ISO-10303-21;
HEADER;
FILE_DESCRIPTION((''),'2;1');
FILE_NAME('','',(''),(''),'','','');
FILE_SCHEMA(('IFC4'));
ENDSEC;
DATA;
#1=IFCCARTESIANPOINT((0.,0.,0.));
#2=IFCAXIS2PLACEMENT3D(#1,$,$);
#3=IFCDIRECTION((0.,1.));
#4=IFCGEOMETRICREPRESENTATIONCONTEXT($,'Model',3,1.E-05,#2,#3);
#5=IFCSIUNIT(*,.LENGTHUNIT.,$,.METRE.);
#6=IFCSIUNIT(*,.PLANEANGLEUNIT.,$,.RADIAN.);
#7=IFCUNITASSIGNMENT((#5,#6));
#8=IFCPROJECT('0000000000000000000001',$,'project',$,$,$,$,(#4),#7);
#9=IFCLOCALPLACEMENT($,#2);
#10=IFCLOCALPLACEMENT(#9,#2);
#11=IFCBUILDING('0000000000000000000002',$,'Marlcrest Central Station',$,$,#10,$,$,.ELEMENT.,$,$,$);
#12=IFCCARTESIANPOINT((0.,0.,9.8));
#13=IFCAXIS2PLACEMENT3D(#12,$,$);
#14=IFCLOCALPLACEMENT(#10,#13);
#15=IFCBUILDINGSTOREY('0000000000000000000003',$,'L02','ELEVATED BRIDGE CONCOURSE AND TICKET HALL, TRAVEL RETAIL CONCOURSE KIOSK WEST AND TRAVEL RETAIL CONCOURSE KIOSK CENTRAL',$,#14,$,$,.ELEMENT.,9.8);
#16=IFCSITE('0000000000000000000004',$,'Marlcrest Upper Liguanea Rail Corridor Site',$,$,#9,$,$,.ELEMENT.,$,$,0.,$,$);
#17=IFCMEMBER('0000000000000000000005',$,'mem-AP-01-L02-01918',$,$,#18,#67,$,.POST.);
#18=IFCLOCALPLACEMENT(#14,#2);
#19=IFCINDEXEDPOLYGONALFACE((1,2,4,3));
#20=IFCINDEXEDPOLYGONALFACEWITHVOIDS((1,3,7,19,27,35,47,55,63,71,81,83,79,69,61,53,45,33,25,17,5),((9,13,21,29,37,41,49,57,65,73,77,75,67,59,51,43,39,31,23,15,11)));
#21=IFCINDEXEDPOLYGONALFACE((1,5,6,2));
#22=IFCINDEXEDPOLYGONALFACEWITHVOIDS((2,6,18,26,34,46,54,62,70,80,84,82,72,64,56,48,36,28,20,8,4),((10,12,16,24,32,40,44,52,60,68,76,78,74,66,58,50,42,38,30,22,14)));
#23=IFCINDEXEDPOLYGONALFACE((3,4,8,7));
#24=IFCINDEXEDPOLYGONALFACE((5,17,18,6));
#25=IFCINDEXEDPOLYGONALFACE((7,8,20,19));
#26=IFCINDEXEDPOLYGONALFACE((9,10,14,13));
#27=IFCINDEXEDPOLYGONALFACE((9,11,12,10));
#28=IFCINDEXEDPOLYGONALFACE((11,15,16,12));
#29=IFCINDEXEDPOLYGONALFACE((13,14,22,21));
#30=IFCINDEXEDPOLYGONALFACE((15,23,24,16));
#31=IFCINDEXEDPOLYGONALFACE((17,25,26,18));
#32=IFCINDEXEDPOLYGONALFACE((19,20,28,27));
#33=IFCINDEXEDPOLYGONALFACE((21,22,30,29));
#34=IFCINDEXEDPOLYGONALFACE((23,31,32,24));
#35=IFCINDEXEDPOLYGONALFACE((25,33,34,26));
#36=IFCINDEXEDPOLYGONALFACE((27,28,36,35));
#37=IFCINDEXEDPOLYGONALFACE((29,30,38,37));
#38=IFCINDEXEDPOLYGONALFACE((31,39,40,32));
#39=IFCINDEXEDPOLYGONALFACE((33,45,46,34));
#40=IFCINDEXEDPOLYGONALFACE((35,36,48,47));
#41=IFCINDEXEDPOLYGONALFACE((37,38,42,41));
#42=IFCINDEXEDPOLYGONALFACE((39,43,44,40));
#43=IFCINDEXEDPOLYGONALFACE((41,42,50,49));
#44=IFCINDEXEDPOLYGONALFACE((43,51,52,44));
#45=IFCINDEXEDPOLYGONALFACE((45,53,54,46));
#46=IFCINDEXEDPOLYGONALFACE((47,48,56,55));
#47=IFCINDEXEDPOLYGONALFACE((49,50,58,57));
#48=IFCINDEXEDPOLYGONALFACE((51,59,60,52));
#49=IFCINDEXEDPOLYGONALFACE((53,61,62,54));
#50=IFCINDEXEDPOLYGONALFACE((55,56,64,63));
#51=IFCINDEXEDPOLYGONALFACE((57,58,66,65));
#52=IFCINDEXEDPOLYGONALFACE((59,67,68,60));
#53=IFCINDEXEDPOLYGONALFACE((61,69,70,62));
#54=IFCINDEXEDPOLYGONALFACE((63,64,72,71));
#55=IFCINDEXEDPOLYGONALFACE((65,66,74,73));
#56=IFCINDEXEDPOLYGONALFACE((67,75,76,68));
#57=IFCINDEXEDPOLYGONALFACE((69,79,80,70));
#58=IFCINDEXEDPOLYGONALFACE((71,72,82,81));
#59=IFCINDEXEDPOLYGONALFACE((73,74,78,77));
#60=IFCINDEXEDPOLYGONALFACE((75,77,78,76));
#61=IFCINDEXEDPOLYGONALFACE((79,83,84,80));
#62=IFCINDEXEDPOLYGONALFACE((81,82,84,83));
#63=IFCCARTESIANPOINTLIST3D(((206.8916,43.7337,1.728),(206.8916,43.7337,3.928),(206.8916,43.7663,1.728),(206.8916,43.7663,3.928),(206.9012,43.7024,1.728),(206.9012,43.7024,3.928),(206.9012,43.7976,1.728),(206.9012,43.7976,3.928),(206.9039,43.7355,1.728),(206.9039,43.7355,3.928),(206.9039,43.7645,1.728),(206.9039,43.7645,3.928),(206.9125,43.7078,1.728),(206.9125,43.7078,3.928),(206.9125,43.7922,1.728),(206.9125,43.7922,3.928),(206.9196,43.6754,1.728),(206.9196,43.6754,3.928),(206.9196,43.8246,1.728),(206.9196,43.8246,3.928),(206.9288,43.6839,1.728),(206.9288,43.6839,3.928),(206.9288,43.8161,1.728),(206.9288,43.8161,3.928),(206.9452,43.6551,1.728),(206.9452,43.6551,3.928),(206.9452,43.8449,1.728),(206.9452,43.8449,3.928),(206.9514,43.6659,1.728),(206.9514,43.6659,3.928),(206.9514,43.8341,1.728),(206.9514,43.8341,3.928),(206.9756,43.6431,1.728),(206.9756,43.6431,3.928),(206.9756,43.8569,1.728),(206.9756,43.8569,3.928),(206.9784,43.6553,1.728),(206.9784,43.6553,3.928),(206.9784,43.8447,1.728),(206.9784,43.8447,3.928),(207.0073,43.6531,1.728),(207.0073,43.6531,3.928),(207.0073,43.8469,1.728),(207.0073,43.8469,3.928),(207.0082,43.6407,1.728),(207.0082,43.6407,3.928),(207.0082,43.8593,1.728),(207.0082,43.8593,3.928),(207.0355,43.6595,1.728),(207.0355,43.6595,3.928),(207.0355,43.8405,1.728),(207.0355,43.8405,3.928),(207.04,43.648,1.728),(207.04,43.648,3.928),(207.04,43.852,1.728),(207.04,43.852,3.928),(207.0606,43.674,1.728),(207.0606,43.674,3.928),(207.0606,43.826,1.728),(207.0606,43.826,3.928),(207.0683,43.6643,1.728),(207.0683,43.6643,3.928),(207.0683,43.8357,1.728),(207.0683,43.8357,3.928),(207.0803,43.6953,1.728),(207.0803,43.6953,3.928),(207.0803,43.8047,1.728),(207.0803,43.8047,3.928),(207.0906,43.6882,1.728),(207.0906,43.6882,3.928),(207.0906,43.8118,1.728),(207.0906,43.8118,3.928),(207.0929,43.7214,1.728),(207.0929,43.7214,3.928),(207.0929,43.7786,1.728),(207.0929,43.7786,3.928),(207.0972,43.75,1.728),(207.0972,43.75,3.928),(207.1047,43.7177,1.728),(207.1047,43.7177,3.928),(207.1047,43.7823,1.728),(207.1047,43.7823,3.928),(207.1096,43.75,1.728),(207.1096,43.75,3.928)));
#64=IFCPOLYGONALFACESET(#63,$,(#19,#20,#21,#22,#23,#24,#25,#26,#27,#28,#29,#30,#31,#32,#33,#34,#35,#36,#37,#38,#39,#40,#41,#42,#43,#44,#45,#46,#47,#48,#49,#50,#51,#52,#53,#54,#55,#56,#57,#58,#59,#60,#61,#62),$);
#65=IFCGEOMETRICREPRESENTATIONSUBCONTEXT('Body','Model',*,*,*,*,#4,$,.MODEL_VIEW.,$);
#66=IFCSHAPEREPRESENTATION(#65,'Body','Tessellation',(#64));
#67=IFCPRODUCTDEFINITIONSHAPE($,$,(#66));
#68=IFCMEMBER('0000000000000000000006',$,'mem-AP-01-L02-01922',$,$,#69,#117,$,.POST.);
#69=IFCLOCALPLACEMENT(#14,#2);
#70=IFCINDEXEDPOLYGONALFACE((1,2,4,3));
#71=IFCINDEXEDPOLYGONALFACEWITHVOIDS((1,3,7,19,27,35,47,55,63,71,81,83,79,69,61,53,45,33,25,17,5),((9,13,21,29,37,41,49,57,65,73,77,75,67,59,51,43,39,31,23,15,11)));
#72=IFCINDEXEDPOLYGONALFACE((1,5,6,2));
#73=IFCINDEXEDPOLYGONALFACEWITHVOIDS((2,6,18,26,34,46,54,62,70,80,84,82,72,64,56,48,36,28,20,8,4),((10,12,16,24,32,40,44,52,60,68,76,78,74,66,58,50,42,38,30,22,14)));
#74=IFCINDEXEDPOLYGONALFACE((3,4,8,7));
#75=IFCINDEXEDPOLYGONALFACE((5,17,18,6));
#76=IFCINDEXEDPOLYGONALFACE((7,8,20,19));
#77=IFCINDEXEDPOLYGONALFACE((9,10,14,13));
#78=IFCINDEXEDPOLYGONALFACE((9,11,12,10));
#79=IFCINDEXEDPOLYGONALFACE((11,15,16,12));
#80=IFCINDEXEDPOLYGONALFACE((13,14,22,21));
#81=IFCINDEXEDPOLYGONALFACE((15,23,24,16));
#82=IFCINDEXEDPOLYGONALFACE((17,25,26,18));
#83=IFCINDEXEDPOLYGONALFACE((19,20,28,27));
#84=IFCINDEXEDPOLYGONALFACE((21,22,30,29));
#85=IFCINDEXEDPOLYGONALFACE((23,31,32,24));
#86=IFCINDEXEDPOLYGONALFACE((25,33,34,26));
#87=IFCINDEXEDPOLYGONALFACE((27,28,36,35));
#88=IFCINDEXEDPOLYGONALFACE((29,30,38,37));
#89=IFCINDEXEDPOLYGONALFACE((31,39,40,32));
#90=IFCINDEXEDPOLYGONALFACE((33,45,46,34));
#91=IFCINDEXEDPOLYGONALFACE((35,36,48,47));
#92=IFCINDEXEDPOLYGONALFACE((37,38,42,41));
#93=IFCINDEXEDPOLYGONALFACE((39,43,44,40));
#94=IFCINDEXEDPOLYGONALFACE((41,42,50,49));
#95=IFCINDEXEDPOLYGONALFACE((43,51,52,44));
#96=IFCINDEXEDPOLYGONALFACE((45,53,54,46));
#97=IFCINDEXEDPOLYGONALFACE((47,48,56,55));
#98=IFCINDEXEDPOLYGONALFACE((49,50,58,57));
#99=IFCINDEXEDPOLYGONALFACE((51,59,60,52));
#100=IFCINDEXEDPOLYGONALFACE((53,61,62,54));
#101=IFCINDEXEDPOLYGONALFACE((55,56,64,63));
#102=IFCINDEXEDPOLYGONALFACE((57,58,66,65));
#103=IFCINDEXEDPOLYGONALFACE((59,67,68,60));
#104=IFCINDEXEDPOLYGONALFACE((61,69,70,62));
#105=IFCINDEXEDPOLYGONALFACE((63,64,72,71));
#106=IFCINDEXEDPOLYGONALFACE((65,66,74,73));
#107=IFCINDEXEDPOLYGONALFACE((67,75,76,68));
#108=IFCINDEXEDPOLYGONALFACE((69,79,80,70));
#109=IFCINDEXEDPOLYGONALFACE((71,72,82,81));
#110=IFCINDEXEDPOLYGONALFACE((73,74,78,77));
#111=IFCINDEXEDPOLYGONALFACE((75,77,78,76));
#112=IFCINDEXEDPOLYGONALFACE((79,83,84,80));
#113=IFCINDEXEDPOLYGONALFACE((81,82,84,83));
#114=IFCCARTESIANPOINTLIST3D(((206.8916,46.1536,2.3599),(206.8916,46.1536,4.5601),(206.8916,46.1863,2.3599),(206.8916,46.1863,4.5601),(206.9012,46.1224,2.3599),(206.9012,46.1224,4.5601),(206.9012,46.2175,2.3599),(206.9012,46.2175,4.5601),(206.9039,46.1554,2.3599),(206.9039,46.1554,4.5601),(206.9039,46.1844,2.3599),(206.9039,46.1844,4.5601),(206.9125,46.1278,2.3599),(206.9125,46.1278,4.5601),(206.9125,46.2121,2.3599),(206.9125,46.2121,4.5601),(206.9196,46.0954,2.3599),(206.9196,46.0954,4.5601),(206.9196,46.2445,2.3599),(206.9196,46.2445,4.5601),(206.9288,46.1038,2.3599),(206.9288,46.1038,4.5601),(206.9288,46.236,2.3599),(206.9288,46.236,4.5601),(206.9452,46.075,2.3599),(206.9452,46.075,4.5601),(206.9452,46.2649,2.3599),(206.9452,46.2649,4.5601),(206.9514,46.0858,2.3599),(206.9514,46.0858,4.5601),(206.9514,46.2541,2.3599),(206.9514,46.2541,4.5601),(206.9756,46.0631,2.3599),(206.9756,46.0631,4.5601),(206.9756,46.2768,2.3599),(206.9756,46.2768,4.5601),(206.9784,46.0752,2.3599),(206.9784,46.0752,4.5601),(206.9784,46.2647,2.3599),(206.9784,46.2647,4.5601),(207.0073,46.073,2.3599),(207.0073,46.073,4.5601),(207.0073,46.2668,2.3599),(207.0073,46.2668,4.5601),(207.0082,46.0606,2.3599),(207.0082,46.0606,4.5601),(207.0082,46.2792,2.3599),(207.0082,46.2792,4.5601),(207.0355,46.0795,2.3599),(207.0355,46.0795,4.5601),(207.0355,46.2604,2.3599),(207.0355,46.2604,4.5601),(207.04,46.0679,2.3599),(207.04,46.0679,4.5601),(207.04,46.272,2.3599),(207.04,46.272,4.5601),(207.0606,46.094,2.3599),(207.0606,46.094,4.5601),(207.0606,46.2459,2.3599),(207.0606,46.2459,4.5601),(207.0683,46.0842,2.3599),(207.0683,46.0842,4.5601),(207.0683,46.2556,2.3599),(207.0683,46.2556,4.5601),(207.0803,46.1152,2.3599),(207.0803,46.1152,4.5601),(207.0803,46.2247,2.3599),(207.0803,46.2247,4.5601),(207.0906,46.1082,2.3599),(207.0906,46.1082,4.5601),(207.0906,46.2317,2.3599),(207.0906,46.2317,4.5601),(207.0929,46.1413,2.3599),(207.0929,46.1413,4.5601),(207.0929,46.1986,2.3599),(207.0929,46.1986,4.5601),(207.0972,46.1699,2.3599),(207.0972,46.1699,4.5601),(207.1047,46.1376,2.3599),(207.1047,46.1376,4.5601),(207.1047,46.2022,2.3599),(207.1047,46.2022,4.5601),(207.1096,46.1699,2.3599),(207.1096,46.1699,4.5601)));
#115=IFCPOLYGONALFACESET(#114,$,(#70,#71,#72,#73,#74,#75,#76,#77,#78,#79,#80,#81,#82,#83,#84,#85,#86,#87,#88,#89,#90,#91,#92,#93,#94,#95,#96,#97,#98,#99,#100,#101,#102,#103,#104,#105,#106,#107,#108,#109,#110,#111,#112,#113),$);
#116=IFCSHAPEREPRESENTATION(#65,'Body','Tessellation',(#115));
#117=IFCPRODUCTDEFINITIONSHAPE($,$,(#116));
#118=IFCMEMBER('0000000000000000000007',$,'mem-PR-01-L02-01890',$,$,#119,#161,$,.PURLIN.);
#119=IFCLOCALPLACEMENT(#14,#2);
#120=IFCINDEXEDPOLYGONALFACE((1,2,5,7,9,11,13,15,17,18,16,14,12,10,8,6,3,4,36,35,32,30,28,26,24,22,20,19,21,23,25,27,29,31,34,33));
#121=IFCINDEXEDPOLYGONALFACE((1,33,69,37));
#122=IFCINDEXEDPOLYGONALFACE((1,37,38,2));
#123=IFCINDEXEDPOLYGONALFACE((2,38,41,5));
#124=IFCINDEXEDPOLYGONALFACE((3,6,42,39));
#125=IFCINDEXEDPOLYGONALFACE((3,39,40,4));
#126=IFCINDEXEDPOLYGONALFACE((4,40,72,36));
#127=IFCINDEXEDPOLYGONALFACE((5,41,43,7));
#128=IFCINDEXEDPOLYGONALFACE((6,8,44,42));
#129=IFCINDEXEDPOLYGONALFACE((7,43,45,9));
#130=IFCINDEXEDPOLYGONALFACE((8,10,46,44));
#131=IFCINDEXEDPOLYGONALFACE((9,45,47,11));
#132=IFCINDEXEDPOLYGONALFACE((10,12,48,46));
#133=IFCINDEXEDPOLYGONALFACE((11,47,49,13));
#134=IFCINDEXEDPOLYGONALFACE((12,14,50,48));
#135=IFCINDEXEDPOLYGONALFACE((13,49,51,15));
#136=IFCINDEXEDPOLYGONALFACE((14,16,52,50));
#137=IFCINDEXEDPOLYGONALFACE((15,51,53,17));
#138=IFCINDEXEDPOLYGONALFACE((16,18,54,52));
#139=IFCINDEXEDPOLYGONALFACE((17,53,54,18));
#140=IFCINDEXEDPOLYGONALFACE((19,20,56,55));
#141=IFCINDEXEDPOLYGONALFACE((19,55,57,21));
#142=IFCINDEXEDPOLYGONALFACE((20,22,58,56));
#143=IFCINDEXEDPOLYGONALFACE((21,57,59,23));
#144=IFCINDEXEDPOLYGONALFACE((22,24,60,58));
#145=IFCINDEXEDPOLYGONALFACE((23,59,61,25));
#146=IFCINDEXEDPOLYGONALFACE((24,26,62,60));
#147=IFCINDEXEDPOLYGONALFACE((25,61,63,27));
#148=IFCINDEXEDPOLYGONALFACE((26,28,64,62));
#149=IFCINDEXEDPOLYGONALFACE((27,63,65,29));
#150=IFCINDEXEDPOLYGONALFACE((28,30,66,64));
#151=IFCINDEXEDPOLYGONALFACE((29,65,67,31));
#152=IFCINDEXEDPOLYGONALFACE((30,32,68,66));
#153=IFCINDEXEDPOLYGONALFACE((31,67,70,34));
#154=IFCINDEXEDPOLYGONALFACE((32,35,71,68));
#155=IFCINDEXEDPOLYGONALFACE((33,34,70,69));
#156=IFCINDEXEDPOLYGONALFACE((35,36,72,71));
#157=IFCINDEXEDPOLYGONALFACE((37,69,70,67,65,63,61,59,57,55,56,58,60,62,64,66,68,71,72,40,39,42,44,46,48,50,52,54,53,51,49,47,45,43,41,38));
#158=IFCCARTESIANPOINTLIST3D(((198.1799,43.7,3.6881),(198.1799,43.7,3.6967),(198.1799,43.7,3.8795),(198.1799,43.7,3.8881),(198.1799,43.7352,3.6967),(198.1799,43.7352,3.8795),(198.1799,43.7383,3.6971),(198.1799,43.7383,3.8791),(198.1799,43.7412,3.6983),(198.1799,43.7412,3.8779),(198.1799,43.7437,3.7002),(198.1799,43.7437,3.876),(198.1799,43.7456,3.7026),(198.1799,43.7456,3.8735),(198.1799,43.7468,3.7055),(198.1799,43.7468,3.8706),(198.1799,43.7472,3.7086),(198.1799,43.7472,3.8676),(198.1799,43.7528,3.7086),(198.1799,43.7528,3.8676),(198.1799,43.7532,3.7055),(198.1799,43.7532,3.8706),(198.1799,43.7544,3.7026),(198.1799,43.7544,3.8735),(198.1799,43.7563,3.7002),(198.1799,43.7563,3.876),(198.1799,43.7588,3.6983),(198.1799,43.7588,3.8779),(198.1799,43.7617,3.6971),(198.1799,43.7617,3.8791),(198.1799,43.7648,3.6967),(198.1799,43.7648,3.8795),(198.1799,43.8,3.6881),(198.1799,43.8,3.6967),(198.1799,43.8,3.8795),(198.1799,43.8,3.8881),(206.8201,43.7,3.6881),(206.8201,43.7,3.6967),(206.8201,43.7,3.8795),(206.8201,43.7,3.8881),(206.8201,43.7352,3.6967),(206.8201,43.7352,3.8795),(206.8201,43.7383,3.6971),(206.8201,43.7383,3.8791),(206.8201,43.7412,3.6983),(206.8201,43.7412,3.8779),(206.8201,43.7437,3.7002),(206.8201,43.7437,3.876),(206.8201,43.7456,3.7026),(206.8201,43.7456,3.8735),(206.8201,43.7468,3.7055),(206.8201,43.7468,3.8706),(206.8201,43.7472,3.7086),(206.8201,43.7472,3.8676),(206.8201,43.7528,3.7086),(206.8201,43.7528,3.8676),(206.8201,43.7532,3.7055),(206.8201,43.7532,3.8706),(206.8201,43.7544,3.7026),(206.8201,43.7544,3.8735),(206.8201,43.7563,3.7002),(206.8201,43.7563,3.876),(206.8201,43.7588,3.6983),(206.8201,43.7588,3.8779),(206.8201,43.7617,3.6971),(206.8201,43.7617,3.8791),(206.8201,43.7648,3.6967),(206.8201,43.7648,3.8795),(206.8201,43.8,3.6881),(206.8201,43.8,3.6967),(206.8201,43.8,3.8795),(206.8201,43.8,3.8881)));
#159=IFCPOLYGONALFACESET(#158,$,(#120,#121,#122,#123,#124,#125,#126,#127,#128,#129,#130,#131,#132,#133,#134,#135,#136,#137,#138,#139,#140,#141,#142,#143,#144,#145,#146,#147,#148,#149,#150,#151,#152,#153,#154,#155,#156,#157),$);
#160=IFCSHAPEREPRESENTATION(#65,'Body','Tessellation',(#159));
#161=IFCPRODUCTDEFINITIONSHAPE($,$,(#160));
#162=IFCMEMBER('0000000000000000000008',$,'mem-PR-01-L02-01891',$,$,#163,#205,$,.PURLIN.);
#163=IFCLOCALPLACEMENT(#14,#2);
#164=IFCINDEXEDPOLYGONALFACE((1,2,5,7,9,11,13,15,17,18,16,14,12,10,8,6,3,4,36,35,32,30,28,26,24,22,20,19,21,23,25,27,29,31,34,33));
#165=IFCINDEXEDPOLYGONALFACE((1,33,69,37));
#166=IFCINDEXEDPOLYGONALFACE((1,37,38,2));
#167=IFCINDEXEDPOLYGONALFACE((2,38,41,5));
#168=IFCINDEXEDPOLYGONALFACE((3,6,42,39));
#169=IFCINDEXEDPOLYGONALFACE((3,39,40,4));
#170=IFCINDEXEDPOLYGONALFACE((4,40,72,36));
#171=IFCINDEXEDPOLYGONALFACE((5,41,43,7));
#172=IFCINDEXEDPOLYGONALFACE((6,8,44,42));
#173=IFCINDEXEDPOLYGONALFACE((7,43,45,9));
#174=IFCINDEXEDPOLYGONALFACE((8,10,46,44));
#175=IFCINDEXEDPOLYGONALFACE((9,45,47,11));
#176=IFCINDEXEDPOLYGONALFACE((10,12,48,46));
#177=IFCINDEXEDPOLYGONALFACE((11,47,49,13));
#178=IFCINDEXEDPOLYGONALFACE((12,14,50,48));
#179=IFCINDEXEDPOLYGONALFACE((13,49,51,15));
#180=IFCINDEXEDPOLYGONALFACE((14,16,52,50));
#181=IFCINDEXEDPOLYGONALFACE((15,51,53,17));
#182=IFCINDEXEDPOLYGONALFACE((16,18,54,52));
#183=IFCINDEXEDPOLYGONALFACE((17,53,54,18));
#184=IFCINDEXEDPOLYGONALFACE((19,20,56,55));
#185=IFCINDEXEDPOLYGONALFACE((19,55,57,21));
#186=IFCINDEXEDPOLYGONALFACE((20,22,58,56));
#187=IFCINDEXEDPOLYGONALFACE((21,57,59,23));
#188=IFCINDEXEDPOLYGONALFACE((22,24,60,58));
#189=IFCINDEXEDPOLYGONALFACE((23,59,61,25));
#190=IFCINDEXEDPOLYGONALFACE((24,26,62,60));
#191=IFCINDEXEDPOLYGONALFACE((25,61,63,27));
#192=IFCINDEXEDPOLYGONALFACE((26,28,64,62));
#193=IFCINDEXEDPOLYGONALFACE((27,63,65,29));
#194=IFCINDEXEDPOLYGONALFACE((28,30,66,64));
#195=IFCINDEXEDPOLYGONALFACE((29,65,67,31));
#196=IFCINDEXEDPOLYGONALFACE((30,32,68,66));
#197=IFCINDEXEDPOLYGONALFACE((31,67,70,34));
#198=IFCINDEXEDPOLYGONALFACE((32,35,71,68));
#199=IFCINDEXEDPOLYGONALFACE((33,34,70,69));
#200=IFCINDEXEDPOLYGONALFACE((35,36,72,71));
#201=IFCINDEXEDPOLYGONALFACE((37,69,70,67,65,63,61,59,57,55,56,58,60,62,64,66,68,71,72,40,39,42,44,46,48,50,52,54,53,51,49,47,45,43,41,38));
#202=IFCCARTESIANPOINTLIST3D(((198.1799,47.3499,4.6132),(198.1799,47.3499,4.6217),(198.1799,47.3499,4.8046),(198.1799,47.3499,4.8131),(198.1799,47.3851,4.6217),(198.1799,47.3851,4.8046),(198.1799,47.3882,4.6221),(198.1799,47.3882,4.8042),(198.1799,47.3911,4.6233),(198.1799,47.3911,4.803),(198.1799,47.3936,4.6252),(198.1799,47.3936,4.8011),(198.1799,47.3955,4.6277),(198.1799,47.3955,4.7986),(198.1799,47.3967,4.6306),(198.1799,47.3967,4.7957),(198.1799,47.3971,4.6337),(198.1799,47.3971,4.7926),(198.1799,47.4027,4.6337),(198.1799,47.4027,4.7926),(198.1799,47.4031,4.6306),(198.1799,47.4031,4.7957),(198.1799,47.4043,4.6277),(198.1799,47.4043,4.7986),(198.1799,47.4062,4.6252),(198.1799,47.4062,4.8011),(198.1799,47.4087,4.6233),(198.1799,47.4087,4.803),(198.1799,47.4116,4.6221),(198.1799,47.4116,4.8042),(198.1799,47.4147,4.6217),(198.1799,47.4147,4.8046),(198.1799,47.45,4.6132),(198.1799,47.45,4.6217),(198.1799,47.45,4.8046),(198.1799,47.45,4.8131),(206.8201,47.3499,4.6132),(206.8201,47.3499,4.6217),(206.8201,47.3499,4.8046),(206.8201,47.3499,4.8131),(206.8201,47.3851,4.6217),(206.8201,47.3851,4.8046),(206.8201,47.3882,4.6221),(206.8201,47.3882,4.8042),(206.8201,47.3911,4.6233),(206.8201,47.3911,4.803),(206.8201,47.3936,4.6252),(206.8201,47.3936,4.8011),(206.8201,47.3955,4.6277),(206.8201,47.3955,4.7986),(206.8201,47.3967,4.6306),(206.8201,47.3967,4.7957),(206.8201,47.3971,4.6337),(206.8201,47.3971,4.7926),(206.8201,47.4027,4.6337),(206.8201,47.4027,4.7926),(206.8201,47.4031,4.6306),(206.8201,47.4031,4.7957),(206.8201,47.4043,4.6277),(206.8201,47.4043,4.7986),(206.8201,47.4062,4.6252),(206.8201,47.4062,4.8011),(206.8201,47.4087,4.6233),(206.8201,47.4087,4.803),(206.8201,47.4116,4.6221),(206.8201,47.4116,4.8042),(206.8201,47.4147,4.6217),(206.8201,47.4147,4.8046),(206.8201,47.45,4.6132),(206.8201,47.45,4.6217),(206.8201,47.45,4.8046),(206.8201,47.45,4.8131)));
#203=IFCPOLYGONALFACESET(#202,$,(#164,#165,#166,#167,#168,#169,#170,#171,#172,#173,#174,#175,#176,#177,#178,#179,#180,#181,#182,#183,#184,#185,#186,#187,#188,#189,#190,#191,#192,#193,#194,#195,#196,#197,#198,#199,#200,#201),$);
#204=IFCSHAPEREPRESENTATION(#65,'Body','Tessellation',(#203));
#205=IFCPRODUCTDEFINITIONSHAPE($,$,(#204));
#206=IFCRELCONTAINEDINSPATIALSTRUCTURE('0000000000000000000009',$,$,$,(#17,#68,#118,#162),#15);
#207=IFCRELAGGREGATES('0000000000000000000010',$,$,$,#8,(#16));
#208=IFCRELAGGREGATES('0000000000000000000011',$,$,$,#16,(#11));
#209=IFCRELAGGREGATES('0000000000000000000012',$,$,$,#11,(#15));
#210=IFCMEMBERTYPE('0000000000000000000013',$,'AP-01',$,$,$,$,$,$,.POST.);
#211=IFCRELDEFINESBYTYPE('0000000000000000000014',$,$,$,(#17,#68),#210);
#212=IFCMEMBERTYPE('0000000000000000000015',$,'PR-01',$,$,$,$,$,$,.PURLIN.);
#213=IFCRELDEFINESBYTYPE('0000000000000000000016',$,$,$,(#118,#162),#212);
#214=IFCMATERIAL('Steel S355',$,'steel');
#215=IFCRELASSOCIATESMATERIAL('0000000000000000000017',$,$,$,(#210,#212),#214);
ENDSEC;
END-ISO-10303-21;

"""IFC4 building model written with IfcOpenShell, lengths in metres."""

from ifc_helpers import new_model, si_unit, direction, frame, origin, origin_2d, place, context, subcontext, project, spatial, hollow_circle, i_section, extrude, material, material_profile, profile_set, type_object, element, save


model = new_model("IFC4")

# Units and contexts
model_context = context("Model", 3, precision=1e-05, world=origin(), true_north=direction((0.0, 1.0)))
body_context = subcontext(model_context, "Body", "Model", "MODEL_VIEW")
ifc_project = project(units=[si_unit("LENGTHUNIT", "METRE"), si_unit("PLANEANGLEUNIT", "RADIAN")], contexts=[model_context])

# Site, building, storey
site_placement = place(None, origin())
site = spatial("IfcSite", under=ifc_project, at=site_placement, Name="Marlcrest Upper Liguanea Rail Corridor Site", CompositionType="ELEMENT", RefElevation=0.0)
building_placement = place(site_placement, origin())
building = spatial("IfcBuilding", under=site, at=building_placement, Name="Marlcrest Central Station", CompositionType="ELEMENT")
storey_placement = place(building_placement, frame((0.0, 0.0, 9.8)))
storey = spatial("IfcBuildingStorey", under=building, at=storey_placement, Name="L02", Description="ELEVATED BRIDGE CONCOURSE AND TICKET HALL, TRAVEL RETAIL CONCOURSE KIOSK WEST AND TRAVEL RETAIL CONCOURSE KIOSK CENTRAL", CompositionType="ELEMENT", Elevation=9.8)

# Members
ifc_material_1 = material(Name="Steel S355", Category="steel")
ifc_material_profile_1 = material_profile(ifc_material_1, hollow_circle(Radius=0.1096, WallThickness=0.0125, at=origin_2d()), Name="CHS 219.1x12.5")
ifc_profile_set_1 = profile_set([ifc_material_profile_1], Name="Steel S355")
member_type_1 = type_object("IfcMemberType", Name="AP-01", PredefinedType="POST", material=ifc_profile_set_1)
member_1_placement = place(storey_placement, frame((207.0, 43.75, 1.728), z_axis=(0.0, 0.0, 1.0), x_axis=(1.0, 0.0, 0.0)))
element("IfcMember", 1, at=member_1_placement, inside=storey, type_object=member_type_1, Name="mem-AP-01-L02-01918", PredefinedType="POST", context=body_context, shape_type="SweptSolid", body=[
    extrude(hollow_circle(Radius=0.1096, WallThickness=0.0125, at=origin_2d()), origin(), (0.0, 0.0, 1.0), 2.2),
])
member_2_placement = place(storey_placement, frame((207.0, 46.1699, 2.3599), z_axis=(0.0, 0.0, 1.0), x_axis=(1.0, 0.0, 0.0)))
element("IfcMember", 2, at=member_2_placement, inside=storey, type_object=member_type_1, Name="mem-AP-01-L02-01922", PredefinedType="POST", context=body_context, shape_type="SweptSolid", body=[
    extrude(hollow_circle(Radius=0.1096, WallThickness=0.0125, at=origin_2d()), origin(), (0.0, 0.0, 1.0), 2.2002),
])
ifc_material_profile_2 = material_profile(ifc_material_1, i_section(OverallWidth=0.1001, OverallDepth=0.2, WebThickness=0.0056, FlangeThickness=0.0085, FilletRadius=0.012, at=origin_2d()), Name="IPE 200")
ifc_profile_set_2 = profile_set([ifc_material_profile_2], Name="Steel S355")
member_type_2 = type_object("IfcMemberType", Name="PR-01", PredefinedType="PURLIN", material=ifc_profile_set_2)
for number, where, z_axis, x_axis, name in (
    (3, (198.1799, 43.75, 3.7881), (1.0, 0.0, 0.0), (0.0, 1.0, 0.0), "mem-PR-01-L02-01890"),
    (4, (198.1799, 47.3999, 4.7131), (1.0, 0.0, 0.0), (0.0, 1.0, 0.0), "mem-PR-01-L02-01891"),
):
    element("IfcMember", number, at=place(storey_placement, frame(where, z_axis=z_axis, x_axis=x_axis)), inside=storey, type_object=member_type_2, Name=name, PredefinedType="PURLIN", context=body_context, shape_type="SweptSolid", body=[
        extrude(i_section(OverallWidth=0.1001, OverallDepth=0.2, WebThickness=0.0056, FlangeThickness=0.0085, FilletRadius=0.012, at=origin_2d()), origin(), (0.0, 0.0, 1.0), 8.6401),
    ])

save(model, "model.ifc")
